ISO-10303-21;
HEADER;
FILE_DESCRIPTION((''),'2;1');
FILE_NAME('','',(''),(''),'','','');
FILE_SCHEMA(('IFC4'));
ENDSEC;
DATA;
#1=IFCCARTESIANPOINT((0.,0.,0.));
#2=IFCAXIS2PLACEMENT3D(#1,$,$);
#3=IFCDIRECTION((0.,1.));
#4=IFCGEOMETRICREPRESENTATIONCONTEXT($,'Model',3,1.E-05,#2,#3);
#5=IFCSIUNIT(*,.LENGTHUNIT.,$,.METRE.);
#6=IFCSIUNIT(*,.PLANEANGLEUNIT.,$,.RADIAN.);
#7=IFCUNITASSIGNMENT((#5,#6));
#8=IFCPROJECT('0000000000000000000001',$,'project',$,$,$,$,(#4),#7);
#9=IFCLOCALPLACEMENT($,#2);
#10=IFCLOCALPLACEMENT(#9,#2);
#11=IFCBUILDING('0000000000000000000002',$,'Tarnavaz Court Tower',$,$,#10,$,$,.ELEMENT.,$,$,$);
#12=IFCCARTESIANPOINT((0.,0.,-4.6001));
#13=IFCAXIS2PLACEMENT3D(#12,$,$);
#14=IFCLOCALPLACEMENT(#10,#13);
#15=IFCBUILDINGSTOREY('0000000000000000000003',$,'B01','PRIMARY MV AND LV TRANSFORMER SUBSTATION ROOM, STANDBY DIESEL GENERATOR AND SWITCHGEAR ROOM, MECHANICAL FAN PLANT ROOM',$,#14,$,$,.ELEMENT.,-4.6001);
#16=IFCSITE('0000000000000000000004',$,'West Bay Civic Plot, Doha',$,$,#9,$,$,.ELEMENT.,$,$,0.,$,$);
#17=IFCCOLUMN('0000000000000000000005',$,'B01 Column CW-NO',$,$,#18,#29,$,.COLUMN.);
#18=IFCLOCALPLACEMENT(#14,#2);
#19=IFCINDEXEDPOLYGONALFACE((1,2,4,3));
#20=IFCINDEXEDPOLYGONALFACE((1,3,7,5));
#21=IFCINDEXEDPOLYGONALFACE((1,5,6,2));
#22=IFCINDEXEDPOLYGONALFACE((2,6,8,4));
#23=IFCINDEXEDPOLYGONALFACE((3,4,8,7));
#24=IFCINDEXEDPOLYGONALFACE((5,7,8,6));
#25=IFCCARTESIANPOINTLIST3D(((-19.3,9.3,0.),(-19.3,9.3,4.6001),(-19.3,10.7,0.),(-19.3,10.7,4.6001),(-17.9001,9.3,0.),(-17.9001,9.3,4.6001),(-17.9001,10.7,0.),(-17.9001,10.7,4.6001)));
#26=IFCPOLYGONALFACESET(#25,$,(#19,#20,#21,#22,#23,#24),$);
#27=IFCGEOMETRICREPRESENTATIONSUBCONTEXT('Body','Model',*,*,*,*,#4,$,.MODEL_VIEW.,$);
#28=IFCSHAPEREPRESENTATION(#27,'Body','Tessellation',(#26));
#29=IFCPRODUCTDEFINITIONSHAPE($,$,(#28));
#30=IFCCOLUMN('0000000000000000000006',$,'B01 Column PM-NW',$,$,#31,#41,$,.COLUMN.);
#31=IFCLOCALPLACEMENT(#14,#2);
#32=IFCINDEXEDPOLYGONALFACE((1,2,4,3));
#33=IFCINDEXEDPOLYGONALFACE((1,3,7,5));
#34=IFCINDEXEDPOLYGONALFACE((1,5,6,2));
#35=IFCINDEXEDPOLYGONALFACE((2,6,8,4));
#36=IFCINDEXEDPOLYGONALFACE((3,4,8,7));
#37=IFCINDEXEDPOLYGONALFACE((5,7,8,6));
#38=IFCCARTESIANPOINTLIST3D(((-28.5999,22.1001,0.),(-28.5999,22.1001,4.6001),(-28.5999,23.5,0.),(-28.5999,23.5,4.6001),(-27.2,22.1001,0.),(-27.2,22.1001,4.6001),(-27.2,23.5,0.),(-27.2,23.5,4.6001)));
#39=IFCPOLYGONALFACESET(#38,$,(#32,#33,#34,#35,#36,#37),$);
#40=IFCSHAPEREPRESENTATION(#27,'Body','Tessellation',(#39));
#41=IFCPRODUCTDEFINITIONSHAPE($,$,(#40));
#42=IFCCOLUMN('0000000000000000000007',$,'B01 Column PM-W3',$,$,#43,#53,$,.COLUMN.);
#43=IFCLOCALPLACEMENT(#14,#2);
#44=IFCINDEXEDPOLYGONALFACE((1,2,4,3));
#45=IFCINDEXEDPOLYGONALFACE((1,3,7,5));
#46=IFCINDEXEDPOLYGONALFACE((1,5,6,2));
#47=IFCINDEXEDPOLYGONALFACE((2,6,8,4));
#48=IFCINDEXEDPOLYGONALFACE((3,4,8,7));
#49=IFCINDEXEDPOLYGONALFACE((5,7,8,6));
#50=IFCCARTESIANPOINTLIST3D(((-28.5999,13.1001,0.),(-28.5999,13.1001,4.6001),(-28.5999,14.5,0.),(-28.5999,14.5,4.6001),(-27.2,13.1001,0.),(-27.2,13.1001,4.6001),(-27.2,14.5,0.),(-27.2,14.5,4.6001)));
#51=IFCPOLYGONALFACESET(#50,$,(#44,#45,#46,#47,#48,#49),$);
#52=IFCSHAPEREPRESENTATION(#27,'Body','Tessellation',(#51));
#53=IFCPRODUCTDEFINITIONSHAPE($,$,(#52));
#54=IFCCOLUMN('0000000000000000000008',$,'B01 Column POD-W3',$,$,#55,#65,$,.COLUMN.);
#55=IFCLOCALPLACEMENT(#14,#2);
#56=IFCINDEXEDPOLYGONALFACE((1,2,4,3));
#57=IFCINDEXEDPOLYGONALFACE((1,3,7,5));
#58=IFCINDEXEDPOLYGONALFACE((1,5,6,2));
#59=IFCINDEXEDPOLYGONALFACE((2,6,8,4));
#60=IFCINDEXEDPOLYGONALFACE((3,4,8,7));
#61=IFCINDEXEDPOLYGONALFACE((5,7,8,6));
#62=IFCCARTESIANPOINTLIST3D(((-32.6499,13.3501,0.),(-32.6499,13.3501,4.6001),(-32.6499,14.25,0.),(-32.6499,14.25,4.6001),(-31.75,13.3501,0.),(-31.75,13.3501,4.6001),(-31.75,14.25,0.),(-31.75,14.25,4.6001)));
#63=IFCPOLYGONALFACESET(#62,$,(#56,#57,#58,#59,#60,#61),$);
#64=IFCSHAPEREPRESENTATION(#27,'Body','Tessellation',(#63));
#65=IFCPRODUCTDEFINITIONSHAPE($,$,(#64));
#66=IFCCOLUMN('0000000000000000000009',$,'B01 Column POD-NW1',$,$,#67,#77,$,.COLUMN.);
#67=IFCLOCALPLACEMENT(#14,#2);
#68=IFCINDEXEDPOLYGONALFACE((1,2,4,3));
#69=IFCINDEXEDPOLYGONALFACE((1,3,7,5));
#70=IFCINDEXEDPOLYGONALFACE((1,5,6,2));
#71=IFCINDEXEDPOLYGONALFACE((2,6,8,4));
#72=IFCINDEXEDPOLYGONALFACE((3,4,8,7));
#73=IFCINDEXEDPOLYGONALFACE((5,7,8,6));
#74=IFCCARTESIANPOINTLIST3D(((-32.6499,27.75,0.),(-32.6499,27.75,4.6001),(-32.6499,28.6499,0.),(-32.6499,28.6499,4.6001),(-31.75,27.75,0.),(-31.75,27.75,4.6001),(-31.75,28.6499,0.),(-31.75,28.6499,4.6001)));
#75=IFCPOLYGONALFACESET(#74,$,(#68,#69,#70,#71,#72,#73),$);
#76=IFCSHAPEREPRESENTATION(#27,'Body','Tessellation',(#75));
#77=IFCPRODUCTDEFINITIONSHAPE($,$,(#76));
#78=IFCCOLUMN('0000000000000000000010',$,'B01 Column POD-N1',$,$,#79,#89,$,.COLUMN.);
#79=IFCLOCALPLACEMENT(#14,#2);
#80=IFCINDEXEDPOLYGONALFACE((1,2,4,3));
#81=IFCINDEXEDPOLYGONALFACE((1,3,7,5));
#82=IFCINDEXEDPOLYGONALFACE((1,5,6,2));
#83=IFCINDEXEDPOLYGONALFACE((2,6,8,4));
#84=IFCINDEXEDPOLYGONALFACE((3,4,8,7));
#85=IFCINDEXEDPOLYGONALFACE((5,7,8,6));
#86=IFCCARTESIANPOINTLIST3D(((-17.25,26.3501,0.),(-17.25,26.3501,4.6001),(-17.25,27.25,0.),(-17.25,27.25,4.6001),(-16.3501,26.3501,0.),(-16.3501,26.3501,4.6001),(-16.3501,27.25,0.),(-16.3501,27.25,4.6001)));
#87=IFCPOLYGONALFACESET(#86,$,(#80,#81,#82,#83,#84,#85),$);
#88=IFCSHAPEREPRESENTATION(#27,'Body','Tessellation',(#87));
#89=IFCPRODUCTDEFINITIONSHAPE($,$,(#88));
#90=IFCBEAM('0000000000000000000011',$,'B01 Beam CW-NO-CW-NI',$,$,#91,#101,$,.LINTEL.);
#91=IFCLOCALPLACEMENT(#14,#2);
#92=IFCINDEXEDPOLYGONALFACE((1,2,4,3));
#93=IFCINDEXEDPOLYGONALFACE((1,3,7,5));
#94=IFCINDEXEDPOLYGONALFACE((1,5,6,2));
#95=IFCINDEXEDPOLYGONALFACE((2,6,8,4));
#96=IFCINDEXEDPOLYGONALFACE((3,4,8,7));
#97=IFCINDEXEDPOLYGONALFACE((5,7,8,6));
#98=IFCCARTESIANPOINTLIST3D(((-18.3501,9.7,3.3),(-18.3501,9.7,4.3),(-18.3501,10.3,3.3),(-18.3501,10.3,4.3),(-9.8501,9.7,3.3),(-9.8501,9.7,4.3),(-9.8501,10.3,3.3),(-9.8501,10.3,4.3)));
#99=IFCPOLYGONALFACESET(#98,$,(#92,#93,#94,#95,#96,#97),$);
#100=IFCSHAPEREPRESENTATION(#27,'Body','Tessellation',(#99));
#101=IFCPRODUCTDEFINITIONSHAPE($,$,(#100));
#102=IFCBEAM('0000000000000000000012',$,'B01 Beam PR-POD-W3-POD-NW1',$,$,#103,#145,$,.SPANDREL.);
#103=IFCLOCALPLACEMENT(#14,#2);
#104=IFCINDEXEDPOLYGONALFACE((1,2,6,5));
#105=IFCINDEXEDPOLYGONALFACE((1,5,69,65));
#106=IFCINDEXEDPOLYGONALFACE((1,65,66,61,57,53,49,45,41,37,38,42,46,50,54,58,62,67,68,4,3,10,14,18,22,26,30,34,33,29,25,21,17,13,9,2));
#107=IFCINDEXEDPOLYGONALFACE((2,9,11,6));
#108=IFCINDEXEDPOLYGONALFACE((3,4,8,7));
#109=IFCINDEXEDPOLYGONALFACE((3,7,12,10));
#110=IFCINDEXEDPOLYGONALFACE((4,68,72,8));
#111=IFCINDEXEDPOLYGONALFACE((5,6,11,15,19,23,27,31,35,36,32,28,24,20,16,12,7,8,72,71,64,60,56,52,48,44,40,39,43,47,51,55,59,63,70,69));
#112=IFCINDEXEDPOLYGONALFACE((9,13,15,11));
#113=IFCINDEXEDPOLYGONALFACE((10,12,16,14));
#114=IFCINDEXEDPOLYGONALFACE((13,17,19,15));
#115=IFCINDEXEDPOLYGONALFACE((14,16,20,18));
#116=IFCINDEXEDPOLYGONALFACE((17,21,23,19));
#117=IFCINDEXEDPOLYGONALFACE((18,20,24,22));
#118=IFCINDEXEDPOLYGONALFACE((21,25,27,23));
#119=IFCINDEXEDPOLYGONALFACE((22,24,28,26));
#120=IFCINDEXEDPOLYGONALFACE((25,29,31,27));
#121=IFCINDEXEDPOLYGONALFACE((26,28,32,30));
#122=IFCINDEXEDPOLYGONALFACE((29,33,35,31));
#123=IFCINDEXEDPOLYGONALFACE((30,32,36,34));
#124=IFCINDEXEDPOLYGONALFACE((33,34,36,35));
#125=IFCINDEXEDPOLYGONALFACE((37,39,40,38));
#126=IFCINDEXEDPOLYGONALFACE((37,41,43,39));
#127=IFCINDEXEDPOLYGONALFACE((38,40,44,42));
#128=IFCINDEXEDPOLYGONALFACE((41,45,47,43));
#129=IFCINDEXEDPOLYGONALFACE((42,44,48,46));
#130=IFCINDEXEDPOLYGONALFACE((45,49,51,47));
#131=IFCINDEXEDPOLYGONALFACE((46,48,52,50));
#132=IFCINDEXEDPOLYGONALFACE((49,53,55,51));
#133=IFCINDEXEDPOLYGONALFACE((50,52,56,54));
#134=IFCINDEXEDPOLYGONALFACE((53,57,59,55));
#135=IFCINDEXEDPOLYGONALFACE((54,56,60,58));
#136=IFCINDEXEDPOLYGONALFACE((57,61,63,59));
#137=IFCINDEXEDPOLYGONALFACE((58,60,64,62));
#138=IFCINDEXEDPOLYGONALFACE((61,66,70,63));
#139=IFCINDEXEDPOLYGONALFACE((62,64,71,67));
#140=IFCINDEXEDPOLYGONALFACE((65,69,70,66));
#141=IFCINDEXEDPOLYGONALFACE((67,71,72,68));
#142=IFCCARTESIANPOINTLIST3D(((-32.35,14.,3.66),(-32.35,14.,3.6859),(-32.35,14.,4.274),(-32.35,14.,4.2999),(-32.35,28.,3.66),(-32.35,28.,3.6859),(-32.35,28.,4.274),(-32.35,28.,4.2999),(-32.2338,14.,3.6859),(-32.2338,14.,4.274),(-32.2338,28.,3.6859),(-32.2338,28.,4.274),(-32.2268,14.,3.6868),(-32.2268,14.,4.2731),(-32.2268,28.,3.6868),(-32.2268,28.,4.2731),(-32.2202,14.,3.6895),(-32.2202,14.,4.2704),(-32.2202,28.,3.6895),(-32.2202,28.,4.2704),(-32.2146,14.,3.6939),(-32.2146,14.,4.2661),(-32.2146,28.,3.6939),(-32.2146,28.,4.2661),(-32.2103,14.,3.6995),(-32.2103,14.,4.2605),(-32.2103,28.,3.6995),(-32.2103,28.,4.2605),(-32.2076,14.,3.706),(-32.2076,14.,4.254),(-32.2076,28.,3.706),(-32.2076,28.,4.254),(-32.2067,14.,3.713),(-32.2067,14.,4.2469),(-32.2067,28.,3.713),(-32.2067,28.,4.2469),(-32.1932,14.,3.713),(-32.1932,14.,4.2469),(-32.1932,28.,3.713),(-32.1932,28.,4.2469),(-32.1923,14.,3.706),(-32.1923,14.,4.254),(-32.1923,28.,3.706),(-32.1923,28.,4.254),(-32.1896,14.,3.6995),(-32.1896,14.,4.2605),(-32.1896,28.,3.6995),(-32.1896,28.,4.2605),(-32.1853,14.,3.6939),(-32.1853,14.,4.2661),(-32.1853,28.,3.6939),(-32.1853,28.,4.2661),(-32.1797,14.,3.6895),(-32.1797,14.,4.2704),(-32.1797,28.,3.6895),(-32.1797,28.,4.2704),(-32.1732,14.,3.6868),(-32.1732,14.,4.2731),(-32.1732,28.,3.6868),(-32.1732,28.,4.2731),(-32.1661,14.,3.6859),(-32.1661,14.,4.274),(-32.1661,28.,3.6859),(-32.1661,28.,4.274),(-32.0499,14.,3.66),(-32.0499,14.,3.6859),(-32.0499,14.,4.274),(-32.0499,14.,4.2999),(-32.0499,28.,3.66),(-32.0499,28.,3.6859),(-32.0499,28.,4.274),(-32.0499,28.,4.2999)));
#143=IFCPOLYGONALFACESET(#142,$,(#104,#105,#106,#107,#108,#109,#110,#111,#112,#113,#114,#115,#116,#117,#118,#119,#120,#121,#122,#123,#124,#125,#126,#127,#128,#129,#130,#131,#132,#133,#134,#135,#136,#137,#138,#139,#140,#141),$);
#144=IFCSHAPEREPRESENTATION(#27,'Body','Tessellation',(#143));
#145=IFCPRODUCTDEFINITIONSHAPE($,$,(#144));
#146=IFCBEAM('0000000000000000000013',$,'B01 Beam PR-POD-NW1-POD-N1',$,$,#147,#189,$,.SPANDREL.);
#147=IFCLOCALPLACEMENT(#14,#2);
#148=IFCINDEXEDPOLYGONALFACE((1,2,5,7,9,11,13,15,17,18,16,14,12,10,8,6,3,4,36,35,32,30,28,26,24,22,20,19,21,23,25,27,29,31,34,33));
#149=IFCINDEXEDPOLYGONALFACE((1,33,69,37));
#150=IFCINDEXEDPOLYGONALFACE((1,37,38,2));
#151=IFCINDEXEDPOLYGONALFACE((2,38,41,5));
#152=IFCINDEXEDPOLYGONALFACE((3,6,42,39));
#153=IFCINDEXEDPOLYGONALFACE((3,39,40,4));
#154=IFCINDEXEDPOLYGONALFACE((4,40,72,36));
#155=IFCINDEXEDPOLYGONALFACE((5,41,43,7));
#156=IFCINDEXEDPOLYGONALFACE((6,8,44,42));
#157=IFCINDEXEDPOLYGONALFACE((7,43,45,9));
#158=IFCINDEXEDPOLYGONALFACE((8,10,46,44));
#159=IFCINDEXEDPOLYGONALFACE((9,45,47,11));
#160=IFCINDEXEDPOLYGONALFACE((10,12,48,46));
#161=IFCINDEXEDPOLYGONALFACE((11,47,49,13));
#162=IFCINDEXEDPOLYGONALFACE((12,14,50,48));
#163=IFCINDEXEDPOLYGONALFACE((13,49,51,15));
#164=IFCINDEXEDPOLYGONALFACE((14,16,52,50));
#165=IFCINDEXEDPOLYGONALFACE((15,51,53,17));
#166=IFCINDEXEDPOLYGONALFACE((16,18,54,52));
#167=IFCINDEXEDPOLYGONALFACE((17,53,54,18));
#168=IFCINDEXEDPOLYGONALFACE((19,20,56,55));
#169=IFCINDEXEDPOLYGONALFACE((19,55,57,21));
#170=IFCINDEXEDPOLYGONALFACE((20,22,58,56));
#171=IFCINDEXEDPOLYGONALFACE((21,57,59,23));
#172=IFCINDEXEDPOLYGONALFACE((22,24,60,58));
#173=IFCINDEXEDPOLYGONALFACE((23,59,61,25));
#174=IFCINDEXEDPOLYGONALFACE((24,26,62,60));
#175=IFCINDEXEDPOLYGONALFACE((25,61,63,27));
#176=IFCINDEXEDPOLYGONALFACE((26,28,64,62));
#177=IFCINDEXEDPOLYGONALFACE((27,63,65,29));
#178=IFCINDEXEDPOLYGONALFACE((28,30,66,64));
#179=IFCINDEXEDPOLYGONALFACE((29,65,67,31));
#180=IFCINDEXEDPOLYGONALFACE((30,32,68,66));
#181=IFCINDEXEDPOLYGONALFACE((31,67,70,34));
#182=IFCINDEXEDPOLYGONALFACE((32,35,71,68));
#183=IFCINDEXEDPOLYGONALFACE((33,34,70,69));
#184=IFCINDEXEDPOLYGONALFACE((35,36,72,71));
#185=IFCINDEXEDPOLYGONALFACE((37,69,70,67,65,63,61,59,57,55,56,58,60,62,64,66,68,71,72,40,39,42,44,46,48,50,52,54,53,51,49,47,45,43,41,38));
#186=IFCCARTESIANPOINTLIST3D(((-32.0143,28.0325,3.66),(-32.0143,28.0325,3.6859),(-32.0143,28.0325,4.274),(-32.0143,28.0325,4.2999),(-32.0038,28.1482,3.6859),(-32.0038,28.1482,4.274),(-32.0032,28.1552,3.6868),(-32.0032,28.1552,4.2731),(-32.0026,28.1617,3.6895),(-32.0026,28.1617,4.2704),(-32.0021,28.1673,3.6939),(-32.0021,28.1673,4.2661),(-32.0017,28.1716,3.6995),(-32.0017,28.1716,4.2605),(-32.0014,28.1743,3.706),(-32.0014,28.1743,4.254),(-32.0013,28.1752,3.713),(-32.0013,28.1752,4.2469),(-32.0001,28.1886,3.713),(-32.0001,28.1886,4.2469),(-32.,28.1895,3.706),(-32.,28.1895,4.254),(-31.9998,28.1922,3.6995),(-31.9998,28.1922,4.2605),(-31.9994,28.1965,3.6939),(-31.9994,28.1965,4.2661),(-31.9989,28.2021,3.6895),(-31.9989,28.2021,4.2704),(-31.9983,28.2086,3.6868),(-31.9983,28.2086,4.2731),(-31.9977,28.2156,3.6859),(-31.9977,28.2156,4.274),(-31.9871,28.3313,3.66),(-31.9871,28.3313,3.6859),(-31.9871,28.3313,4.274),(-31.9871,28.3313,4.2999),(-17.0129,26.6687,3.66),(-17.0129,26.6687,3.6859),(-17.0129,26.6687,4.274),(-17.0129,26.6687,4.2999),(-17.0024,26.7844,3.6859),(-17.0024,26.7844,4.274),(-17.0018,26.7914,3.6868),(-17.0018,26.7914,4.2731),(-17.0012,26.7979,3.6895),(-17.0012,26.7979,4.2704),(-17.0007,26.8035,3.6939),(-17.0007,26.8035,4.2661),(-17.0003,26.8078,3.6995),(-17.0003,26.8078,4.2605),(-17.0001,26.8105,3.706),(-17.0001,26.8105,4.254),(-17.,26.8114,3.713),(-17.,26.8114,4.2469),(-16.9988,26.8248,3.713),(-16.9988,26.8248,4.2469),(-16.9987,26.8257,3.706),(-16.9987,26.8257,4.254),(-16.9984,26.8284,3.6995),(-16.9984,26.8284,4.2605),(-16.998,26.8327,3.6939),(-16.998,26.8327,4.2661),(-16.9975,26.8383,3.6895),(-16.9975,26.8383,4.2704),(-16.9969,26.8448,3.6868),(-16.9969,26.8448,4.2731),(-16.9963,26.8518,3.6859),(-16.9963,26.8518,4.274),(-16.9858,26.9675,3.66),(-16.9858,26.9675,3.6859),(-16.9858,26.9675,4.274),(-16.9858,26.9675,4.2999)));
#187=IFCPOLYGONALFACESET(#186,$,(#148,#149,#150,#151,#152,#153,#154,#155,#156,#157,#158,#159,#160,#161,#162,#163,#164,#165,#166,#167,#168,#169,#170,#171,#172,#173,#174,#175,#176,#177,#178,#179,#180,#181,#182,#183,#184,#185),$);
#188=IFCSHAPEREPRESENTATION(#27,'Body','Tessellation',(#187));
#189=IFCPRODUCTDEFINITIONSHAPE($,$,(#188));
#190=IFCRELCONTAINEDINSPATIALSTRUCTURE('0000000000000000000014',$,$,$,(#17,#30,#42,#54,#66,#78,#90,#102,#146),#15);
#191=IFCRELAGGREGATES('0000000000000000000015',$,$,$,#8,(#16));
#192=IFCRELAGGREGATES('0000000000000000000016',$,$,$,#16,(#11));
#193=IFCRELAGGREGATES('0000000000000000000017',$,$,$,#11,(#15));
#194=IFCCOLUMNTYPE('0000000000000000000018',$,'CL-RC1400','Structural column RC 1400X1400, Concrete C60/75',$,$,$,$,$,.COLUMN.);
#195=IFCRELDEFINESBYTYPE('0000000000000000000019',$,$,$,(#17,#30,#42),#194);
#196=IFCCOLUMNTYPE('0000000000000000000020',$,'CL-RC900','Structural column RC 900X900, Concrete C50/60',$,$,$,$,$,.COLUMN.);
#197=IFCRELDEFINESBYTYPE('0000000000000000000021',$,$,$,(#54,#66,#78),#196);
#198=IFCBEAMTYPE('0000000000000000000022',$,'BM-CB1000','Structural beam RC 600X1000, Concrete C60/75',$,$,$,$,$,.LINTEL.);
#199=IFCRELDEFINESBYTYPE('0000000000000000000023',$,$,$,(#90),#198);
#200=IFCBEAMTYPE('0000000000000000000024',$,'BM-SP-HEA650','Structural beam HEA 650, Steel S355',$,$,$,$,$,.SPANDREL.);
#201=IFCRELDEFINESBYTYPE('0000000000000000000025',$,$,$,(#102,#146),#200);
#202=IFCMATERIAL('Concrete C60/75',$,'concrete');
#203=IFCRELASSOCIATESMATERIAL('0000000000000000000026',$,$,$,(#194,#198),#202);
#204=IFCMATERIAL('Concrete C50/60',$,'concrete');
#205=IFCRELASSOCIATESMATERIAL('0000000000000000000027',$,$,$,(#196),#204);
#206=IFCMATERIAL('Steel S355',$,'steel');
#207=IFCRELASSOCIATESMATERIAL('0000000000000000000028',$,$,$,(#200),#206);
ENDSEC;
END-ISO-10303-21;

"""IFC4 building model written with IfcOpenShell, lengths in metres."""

from ifc_helpers import new_model, si_unit, direction, frame, origin, origin_2d, place, context, subcontext, project, spatial, rectangle, i_section, extrude, material, material_profile, profile_set, type_object, element, save


model = new_model("IFC4")

# Units and contexts
model_context = context("Model", 3, precision=1e-05, world=origin(), true_north=direction((0.0, 1.0)))
body_context = subcontext(model_context, "Body", "Model", "MODEL_VIEW")
ifc_project = project(units=[si_unit("LENGTHUNIT", "METRE"), si_unit("PLANEANGLEUNIT", "RADIAN")], contexts=[model_context])

# Site, building, storey
site_placement = place(None, origin())
site = spatial("IfcSite", under=ifc_project, at=site_placement, Name="West Bay Civic Plot, Doha", CompositionType="ELEMENT", RefElevation=0.0)
building_placement = place(site_placement, origin())
building = spatial("IfcBuilding", under=site, at=building_placement, Name="Tarnavaz Court Tower", CompositionType="ELEMENT")
storey_placement = place(building_placement, frame((0.0, 0.0, -4.6001)))
storey = spatial("IfcBuildingStorey", under=building, at=storey_placement, Name="B01", Description="PRIMARY MV AND LV TRANSFORMER SUBSTATION ROOM, STANDBY DIESEL GENERATOR AND SWITCHGEAR ROOM, MECHANICAL FAN PLANT ROOM", CompositionType="ELEMENT", Elevation=-4.6001)

# Columns
ifc_material_1 = material(Name="Concrete C60/75", Category="concrete")
ifc_material_profile_1 = material_profile(ifc_material_1, rectangle(XDim=1.3999, YDim=1.3999, at=origin_2d()), Name="RC 1400X1400")
ifc_profile_set_1 = profile_set([ifc_material_profile_1], Name="Concrete C60/75")
column_type_1 = type_object("IfcColumnType", Name="CL-RC1400", Description="Structural column RC 1400X1400, Concrete C60/75", PredefinedType="COLUMN", material=ifc_profile_set_1)
for number, where, z_axis, x_axis, name in (
    (1, (-18.6001, 10.0, 0.0), (0.0, 0.0, 1.0), (1.0, 0.0, 0.0), "B01 Column CW-NO"),
    (2, (-27.8999, 22.8, 0.0), (0.0, 0.0, 1.0), (1.0, 0.0, 0.0), "B01 Column PM-NW"),
    (3, (-27.8999, 13.8, 0.0), (0.0, 0.0, 1.0), (1.0, 0.0, 0.0), "B01 Column PM-W3"),
):
    element("IfcColumn", number, at=place(storey_placement, frame(where, z_axis=z_axis, x_axis=x_axis)), inside=storey, type_object=column_type_1, Name=name, PredefinedType="COLUMN", context=body_context, shape_type="SweptSolid", body=[
        extrude(rectangle(XDim=1.3999, YDim=1.3999, at=origin_2d()), origin(), (0.0, 0.0, 1.0), 4.6001),
    ])
ifc_material_2 = material(Name="Concrete C50/60", Category="concrete")
ifc_material_profile_2 = material_profile(ifc_material_2, rectangle(XDim=0.8999, YDim=0.8999, at=origin_2d()), Name="RC 900X900")
ifc_profile_set_2 = profile_set([ifc_material_profile_2], Name="Concrete C50/60")
column_type_2 = type_object("IfcColumnType", Name="CL-RC900", Description="Structural column RC 900X900, Concrete C50/60", PredefinedType="COLUMN", material=ifc_profile_set_2)
for number, where, z_axis, x_axis, name in (
    (4, (-32.2, 13.8, 0.0), (0.0, 0.0, 1.0), (1.0, 0.0, 0.0), "B01 Column POD-W3"),
    (5, (-32.2, 28.2, 0.0), (0.0, 0.0, 1.0), (1.0, 0.0, 0.0), "B01 Column POD-NW1"),
    (6, (-16.8, 26.8, 0.0), (0.0, 0.0, 1.0), (1.0, 0.0, 0.0), "B01 Column POD-N1"),
):
    element("IfcColumn", number, at=place(storey_placement, frame(where, z_axis=z_axis, x_axis=x_axis)), inside=storey, type_object=column_type_2, Name=name, PredefinedType="COLUMN", context=body_context, shape_type="SweptSolid", body=[
        extrude(rectangle(XDim=0.8999, YDim=0.8999, at=origin_2d()), origin(), (0.0, 0.0, 1.0), 4.6001),
    ])

# Beams
ifc_material_profile_3 = material_profile(ifc_material_1, rectangle(XDim=0.6001, YDim=1.0, at=origin_2d()), Name="RC 600X1000")
ifc_profile_set_3 = profile_set([ifc_material_profile_3], Name="Concrete C60/75")
beam_type_1 = type_object("IfcBeamType", Name="BM-CB1000", Description="Structural beam RC 600X1000, Concrete C60/75", PredefinedType="LINTEL", material=ifc_profile_set_3)
beam_1_placement = place(storey_placement, frame((-18.3501, 10.0, 3.8), z_axis=(1.0, 0.0, 0.0), x_axis=(0.0, 1.0, 0.0)))
element("IfcBeam", 7, at=beam_1_placement, inside=storey, type_object=beam_type_1, Name="B01 Beam CW-NO-CW-NI", PredefinedType="LINTEL", context=body_context, shape_type="SweptSolid", body=[
    extrude(rectangle(XDim=0.6001, YDim=1.0, at=origin_2d()), origin(), (0.0, 0.0, 1.0), 8.5),
])
ifc_material_3 = material(Name="Steel S355", Category="steel")
ifc_material_profile_4 = material_profile(ifc_material_3, i_section(OverallWidth=0.3, OverallDepth=0.6399, WebThickness=0.0134, FlangeThickness=0.0259, FilletRadius=0.0271, at=origin_2d()), Name="HEA 650")
ifc_profile_set_4 = profile_set([ifc_material_profile_4], Name="Steel S355")
beam_type_2 = type_object("IfcBeamType", Name="BM-SP-HEA650", Description="Structural beam HEA 650, Steel S355", PredefinedType="SPANDREL", material=ifc_profile_set_4)
beam_2_placement = place(storey_placement, frame((-32.2, 14.0, 3.98), z_axis=(0.0, 1.0, 0.0), x_axis=(-1.0, 0.0, 0.0)))
element("IfcBeam", 8, at=beam_2_placement, inside=storey, type_object=beam_type_2, Name="B01 Beam PR-POD-W3-POD-NW1", PredefinedType="SPANDREL", context=body_context, shape_type="SweptSolid", body=[
    extrude(i_section(OverallWidth=0.3, OverallDepth=0.6399, WebThickness=0.0134, FlangeThickness=0.0259, FilletRadius=0.0271, at=origin_2d()), origin(), (0.0, 0.0, 1.0), 14.0),
])
beam_3_placement = place(storey_placement, frame((-32.0007, 28.1819, 3.98), z_axis=(0.995893, -0.090536, 0.0), x_axis=(0.090536, 0.995893, 0.0)))
element("IfcBeam", 9, at=beam_3_placement, inside=storey, type_object=beam_type_2, Name="B01 Beam PR-POD-NW1-POD-N1", PredefinedType="SPANDREL", context=body_context, shape_type="SweptSolid", body=[
    extrude(i_section(OverallWidth=0.3, OverallDepth=0.6399, WebThickness=0.0134, FlangeThickness=0.0259, FilletRadius=0.0271, at=origin_2d()), origin(), (0.0, 0.0, 1.0), 15.0632),
])

save(model, "model.ifc")
